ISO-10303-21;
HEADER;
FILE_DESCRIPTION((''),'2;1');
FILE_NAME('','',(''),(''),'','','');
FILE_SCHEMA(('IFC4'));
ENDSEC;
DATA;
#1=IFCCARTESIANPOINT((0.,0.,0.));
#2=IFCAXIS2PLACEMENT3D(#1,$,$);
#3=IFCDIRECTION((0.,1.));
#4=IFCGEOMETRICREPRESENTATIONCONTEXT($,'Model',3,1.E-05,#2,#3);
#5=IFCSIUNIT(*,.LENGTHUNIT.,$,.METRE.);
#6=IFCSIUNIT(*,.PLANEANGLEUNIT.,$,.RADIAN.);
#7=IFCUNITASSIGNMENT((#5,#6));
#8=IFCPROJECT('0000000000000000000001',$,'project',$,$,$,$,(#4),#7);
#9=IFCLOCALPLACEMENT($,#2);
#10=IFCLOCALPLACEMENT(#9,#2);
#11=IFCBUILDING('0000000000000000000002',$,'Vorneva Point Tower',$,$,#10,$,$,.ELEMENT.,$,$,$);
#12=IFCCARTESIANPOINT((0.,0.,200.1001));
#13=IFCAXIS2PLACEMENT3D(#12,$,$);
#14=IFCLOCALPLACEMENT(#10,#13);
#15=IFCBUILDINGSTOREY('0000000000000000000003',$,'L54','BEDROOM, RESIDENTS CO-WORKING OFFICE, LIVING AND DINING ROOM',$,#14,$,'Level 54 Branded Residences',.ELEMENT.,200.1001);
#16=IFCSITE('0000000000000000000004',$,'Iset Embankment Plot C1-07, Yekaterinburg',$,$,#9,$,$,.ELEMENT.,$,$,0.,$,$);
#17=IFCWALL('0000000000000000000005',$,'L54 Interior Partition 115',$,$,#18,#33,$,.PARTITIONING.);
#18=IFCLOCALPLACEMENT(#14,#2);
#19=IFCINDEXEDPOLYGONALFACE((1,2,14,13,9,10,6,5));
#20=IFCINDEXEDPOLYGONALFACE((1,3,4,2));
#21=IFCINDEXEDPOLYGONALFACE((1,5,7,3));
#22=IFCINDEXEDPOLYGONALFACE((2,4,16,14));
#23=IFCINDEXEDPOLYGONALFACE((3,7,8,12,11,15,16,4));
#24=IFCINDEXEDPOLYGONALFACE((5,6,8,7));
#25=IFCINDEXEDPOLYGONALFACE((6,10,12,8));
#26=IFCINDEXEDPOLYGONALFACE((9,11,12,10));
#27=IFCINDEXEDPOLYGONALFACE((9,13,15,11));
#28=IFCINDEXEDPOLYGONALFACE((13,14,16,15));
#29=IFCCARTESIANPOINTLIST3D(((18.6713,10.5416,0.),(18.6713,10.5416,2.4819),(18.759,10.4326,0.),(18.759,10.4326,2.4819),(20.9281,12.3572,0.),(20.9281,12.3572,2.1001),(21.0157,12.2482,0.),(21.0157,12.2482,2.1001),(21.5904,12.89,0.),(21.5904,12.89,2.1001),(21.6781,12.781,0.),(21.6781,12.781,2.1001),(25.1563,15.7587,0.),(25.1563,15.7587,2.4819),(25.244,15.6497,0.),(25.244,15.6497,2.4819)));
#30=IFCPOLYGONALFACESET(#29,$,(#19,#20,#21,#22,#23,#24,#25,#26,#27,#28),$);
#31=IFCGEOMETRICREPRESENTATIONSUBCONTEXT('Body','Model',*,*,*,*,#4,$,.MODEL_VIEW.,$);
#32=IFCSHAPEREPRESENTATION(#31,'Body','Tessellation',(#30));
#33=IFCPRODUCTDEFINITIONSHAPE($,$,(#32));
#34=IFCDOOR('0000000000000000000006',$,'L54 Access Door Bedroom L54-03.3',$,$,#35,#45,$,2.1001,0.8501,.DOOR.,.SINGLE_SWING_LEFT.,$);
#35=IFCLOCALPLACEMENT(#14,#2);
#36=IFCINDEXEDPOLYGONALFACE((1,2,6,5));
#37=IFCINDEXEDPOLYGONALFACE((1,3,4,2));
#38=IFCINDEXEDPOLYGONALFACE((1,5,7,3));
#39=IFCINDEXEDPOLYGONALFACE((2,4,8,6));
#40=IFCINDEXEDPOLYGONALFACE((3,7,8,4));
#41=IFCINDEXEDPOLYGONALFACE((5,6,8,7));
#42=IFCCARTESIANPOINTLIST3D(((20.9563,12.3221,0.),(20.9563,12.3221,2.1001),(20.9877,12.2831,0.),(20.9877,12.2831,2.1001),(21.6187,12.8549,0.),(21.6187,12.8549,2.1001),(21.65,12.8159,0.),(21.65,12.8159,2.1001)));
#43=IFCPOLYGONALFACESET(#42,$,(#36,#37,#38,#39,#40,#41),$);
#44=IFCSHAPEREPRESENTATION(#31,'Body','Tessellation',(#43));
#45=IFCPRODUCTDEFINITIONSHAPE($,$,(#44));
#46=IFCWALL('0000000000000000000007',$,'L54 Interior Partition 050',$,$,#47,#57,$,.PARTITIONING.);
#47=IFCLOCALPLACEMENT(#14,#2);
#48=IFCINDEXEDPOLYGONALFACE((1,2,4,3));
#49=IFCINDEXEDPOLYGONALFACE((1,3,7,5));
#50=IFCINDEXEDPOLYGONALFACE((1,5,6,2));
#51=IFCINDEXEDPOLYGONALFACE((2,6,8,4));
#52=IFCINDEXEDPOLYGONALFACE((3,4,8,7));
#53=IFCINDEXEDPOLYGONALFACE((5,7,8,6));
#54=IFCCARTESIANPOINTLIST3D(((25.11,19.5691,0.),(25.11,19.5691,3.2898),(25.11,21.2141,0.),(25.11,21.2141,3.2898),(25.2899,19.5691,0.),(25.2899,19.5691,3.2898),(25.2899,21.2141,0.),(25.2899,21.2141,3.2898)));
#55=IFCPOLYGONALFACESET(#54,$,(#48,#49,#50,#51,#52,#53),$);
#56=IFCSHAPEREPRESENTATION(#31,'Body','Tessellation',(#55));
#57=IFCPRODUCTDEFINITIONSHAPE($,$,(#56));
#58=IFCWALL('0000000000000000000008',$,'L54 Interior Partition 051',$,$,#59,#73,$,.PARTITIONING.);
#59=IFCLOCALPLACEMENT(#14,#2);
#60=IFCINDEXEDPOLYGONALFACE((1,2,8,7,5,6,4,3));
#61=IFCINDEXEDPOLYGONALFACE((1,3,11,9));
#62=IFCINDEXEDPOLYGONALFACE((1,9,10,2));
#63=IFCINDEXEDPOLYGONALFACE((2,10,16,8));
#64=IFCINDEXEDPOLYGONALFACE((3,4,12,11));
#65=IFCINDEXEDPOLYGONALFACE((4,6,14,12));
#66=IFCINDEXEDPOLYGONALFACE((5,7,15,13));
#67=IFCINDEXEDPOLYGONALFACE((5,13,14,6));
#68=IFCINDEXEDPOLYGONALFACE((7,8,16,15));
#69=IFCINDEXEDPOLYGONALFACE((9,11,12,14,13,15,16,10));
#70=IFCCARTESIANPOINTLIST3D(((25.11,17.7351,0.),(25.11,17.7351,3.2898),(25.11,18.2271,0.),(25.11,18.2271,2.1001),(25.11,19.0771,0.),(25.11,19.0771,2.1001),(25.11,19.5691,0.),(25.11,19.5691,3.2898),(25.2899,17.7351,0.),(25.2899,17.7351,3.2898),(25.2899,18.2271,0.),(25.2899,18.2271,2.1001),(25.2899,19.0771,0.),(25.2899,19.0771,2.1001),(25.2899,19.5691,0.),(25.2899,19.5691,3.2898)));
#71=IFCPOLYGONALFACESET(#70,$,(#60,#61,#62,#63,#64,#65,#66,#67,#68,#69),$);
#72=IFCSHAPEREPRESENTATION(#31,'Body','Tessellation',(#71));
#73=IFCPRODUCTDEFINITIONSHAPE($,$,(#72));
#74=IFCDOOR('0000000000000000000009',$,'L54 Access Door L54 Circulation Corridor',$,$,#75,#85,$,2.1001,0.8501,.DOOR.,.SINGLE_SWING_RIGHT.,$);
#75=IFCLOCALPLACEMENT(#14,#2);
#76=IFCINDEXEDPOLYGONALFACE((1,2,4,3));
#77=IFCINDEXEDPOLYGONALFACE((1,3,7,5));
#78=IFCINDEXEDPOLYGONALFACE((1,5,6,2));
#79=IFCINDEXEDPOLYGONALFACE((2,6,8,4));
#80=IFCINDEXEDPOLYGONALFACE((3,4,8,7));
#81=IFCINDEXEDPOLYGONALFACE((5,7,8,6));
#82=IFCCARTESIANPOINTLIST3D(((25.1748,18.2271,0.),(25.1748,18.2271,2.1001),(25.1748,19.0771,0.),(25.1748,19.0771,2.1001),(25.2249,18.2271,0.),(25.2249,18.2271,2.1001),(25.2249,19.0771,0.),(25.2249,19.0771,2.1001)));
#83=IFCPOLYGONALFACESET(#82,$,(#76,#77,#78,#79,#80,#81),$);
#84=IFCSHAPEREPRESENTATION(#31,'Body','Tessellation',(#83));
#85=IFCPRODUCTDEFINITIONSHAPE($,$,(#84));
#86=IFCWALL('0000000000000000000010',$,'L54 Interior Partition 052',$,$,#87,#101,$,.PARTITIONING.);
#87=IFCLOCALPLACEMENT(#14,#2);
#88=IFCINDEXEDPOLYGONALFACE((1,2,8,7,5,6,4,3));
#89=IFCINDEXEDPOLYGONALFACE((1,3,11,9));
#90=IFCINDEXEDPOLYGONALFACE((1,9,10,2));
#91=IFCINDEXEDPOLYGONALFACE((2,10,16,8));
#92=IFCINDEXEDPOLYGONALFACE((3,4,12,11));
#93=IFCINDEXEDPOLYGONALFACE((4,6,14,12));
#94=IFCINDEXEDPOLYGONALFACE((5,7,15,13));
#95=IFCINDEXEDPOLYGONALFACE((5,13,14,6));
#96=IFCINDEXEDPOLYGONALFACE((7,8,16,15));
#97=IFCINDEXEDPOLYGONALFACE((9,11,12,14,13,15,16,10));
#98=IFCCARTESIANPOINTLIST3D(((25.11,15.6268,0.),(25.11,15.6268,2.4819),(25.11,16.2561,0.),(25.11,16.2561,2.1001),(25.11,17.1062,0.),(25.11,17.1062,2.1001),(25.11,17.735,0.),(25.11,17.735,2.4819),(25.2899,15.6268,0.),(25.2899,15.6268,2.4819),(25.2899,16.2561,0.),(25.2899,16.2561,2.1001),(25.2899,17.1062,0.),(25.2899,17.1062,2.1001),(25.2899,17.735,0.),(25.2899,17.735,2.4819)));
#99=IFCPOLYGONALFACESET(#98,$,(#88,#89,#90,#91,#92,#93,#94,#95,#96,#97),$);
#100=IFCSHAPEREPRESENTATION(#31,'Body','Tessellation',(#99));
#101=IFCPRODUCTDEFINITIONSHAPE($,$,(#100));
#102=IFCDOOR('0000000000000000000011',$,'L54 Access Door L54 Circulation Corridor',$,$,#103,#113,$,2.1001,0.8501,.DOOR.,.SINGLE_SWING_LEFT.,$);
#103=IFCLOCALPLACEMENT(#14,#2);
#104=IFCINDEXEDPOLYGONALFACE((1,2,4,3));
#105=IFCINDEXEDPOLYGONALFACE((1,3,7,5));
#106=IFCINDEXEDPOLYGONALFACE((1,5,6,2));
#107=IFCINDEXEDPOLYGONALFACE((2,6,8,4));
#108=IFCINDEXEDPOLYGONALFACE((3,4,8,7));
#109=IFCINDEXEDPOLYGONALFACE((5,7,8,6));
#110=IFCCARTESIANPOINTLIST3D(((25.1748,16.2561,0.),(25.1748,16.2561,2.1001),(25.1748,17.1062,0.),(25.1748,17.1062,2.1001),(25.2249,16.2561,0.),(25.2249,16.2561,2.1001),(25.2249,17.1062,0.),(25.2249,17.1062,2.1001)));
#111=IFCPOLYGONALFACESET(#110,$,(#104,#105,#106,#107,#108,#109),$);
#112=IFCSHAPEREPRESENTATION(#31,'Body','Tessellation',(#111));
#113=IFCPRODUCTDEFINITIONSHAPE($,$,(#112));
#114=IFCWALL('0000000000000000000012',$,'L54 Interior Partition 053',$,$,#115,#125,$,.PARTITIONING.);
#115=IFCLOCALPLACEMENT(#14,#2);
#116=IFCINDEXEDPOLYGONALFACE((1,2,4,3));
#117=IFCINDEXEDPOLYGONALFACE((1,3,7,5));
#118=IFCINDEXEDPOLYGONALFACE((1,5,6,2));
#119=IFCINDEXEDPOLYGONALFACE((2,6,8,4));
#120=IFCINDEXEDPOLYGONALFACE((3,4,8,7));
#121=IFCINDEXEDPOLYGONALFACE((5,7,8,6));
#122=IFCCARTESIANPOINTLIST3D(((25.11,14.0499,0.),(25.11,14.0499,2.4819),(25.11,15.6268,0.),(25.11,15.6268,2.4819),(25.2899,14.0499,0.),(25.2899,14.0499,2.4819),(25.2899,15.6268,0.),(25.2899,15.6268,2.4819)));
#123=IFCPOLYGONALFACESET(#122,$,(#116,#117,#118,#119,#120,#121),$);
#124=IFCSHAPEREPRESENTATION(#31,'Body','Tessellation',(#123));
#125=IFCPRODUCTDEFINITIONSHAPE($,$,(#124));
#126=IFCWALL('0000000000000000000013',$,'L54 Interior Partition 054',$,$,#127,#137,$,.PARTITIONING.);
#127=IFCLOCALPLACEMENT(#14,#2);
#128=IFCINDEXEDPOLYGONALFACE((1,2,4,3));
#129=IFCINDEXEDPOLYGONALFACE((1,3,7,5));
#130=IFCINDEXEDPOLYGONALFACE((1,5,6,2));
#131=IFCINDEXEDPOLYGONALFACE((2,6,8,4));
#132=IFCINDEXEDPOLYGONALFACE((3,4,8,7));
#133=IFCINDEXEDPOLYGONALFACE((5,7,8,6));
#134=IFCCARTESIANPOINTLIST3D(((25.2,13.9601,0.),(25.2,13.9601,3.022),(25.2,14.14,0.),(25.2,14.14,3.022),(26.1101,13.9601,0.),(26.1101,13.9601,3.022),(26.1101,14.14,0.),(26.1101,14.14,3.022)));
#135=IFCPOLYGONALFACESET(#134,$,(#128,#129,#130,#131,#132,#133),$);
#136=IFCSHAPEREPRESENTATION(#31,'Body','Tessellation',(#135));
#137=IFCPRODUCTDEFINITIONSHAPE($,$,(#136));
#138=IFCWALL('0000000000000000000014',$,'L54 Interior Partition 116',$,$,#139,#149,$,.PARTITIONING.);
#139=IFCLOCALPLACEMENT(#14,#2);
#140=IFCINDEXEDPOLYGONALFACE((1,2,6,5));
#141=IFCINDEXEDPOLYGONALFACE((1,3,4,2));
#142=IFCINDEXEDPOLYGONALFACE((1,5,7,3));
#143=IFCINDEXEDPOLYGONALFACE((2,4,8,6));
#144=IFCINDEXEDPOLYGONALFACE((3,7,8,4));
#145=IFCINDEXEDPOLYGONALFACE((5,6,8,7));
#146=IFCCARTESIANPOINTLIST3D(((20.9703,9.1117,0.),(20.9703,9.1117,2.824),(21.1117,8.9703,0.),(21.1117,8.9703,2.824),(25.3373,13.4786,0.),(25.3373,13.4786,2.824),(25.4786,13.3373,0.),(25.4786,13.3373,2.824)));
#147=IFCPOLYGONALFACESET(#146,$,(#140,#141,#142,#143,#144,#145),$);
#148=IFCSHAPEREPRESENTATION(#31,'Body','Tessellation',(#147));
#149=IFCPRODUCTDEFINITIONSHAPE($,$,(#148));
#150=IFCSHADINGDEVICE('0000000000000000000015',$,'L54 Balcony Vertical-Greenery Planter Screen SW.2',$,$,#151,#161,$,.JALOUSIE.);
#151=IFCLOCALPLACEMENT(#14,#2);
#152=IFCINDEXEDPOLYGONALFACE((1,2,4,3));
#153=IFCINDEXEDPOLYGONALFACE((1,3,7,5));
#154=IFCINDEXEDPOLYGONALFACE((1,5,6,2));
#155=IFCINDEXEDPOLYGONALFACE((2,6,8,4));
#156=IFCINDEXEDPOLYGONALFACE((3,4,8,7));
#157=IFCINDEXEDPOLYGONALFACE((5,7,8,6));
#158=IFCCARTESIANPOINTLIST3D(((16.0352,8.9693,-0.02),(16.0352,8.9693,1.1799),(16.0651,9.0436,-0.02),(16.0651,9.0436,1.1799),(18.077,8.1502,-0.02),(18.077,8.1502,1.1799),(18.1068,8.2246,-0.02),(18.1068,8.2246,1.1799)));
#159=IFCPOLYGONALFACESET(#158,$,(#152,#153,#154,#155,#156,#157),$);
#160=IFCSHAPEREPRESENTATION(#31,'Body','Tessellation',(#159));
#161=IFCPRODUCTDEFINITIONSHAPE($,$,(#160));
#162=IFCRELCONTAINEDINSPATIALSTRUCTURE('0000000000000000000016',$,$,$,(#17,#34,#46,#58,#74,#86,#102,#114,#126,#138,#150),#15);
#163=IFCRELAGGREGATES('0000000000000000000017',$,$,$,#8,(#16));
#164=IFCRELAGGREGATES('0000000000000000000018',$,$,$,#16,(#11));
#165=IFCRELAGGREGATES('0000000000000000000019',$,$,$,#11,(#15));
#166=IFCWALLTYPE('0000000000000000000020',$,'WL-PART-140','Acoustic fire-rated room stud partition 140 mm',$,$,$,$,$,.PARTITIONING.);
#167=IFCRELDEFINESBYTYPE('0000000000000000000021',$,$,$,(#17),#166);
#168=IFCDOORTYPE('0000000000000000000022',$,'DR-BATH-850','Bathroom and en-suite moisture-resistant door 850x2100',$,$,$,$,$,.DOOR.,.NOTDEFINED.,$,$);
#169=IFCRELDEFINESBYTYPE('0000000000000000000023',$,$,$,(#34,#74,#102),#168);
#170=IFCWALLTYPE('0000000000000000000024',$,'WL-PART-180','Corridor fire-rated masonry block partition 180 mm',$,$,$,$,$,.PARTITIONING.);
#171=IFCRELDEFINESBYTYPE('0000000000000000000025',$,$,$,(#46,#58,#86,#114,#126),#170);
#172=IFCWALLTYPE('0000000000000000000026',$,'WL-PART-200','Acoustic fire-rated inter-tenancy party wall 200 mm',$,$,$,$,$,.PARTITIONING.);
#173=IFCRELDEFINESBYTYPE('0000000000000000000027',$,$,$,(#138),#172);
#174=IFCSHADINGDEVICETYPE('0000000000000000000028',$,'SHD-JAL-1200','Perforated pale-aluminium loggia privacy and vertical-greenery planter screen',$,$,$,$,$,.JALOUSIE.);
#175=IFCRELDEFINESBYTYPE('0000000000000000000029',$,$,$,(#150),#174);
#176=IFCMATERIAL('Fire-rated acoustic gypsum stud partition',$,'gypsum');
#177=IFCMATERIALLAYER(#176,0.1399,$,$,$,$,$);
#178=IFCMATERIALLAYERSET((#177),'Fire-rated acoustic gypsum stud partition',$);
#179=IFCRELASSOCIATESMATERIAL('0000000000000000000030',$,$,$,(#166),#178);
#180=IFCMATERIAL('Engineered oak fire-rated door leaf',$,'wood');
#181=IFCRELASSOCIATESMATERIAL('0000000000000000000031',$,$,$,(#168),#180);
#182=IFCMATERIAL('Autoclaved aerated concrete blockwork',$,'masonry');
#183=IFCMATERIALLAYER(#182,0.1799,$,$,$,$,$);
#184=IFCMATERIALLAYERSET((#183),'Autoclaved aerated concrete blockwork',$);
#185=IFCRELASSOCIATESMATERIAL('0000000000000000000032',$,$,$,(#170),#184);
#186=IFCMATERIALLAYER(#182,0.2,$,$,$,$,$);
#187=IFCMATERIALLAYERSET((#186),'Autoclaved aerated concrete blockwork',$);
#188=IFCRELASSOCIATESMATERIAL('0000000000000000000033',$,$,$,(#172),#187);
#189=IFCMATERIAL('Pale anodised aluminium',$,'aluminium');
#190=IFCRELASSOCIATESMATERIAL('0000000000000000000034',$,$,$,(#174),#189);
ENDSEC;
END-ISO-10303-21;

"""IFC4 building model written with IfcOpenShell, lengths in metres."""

from ifc_helpers import new_model, si_unit, direction, frame, frame_2d, origin, origin_2d, place, context, subcontext, project, spatial, rectangle, extrude, material, layer, layer_set, type_object, element, fill, save


model = new_model("IFC4")

# Units and contexts
model_context = context("Model", 3, precision=1e-05, world=origin(), true_north=direction((0.0, 1.0)))
body_context = subcontext(model_context, "Body", "Model", "MODEL_VIEW")
ifc_project = project(units=[si_unit("LENGTHUNIT", "METRE"), si_unit("PLANEANGLEUNIT", "RADIAN")], contexts=[model_context])

# Site, building, storey
site_placement = place(None, origin())
site = spatial("IfcSite", under=ifc_project, at=site_placement, Name="Iset Embankment Plot C1-07, Yekaterinburg", CompositionType="ELEMENT", RefElevation=0.0)
building_placement = place(site_placement, origin())
building = spatial("IfcBuilding", under=site, at=building_placement, Name="Vorneva Point Tower", CompositionType="ELEMENT")
storey_placement = place(building_placement, frame((0.0, 0.0, 200.1001)))
storey = spatial("IfcBuildingStorey", under=building, at=storey_placement, Name="L54", Description="BEDROOM, RESIDENTS CO-WORKING OFFICE, LIVING AND DINING ROOM", LongName="Level 54 Branded Residences", CompositionType="ELEMENT", Elevation=200.1001)

# Shared definitions
ifc_material_1 = material(Name="Pale anodised aluminium", Category="aluminium")

# Shared definitions
ifc_material_2 = material(Name="Fire-rated acoustic gypsum stud partition", Category="gypsum")

# Wall, opening, door
ifc_material_3 = material(Name="Engineered oak fire-rated door leaf", Category="wood")
ifc_layer_1 = layer(ifc_material_2, 0.1399)
ifc_layer_set_1 = layer_set([ifc_layer_1], Name="Fire-rated acoustic gypsum stud partition")
wall_type_1 = type_object("IfcWallType", Name="WL-PART-140", Description="Acoustic fire-rated room stud partition 140 mm", PredefinedType="PARTITIONING", material=ifc_layer_set_1)
wall_1_placement = place(storey_placement, frame((18.7151, 10.4871, 0.0), z_axis=(0.0, 0.0, 1.0), x_axis=(0.779157, 0.626828, 0.0)))
wall_1 = element("IfcWall", 1, at=wall_1_placement, inside=storey, type_object=wall_type_1, Name="L54 Interior Partition 115", PredefinedType="PARTITIONING", context=body_context, shape_type="SweptSolid", body=[
    extrude(rectangle(XDim=8.323, YDim=0.1399, at=frame_2d((4.1616, 0.0))), origin(), (0.0, 0.0, 1.0), 2.4819),
])
opening_1_placement = place(wall_1_placement, frame((2.8965, 0.0, 0.0)))
opening_1 = element("IfcOpeningElement", 2, at=opening_1_placement, cuts=wall_1, PredefinedType="OPENING", context=body_context, shape_type="SweptSolid", body=[
    extrude(rectangle(XDim=0.8501, YDim=2.1001, at=frame_2d((0.425, 1.05))), frame((0.0, 0.085, 0.0), z_axis=(0.0, -1.0, 0.0), x_axis=(1.0, 0.0, 0.0)), (0.0, 0.0, 1.0), 0.1697),
])
door_type_1 = type_object("IfcDoorType", Name="DR-BATH-850", Description="Bathroom and en-suite moisture-resistant door 850x2100", OperationType="NOTDEFINED", PredefinedType="DOOR", material=ifc_material_3)
door_1_placement = place(opening_1_placement, origin())
door_1 = element("IfcDoor", 3, at=door_1_placement, inside=storey, type_object=door_type_1, Name="L54 Access Door Bedroom L54-03.3", OperationType="SINGLE_SWING_LEFT", OverallHeight=2.1001, OverallWidth=0.8501, PredefinedType="DOOR", context=body_context, shape_type="SweptSolid", body=[
    extrude(rectangle(XDim=0.8501, YDim=2.1001, at=frame_2d((0.425, 1.05))), frame((0.0, 0.0249, 0.0), z_axis=(0.0, -1.0, 0.0), x_axis=(1.0, 0.0, 0.0)), (0.0, 0.0, 1.0), 0.05),
])
fill(opening_1, door_1)
ifc_material_4 = material(Name="Autoclaved aerated concrete blockwork", Category="masonry")
ifc_layer_2 = layer(ifc_material_4, 0.1799)
ifc_layer_set_2 = layer_set([ifc_layer_2], Name="Autoclaved aerated concrete blockwork")
wall_type_2 = type_object("IfcWallType", Name="WL-PART-180", Description="Corridor fire-rated masonry block partition 180 mm", PredefinedType="PARTITIONING", material=ifc_layer_set_2)

# Wall
wall_2_placement = place(storey_placement, frame((25.2, 21.2141, 0.0), z_axis=(0.0, 0.0, 1.0), x_axis=(0.0, -1.0, 0.0)))
element("IfcWall", 4, at=wall_2_placement, inside=storey, type_object=wall_type_2, Name="L54 Interior Partition 050", PredefinedType="PARTITIONING", context=body_context, shape_type="SweptSolid", body=[
    extrude(rectangle(XDim=1.645, YDim=0.1799, at=frame_2d((0.8225, 0.0))), origin(), (0.0, 0.0, 1.0), 3.2898),
])

# Walls, openings, doors
wall_3_placement = place(storey_placement, frame((25.2, 19.5691, 0.0), z_axis=(0.0, 0.0, 1.0), x_axis=(0.0, -1.0, 0.0)))
wall_3 = element("IfcWall", 5, at=wall_3_placement, inside=storey, type_object=wall_type_2, Name="L54 Interior Partition 051", PredefinedType="PARTITIONING", context=body_context, shape_type="SweptSolid", body=[
    extrude(rectangle(XDim=1.834, YDim=0.1799, at=frame_2d((0.917, 0.0))), origin(), (0.0, 0.0, 1.0), 3.2898),
])
opening_2_placement = place(wall_3_placement, frame((0.4919, 0.0, 0.0)))
opening_2 = element("IfcOpeningElement", 6, at=opening_2_placement, cuts=wall_3, PredefinedType="OPENING", context=body_context, shape_type="SweptSolid", body=[
    extrude(rectangle(XDim=0.8501, YDim=2.1001, at=frame_2d((0.425, 1.05))), frame((0.0, 0.105, 0.0), z_axis=(0.0, -1.0, 0.0), x_axis=(1.0, 0.0, 0.0)), (0.0, 0.0, 1.0), 0.2097),
])
door_2_placement = place(opening_2_placement, origin())
door_2 = element("IfcDoor", 7, at=door_2_placement, inside=storey, type_object=door_type_1, Name="L54 Access Door L54 Circulation Corridor", OperationType="SINGLE_SWING_RIGHT", OverallHeight=2.1001, OverallWidth=0.8501, PredefinedType="DOOR", context=body_context, shape_type="SweptSolid", body=[
    extrude(rectangle(XDim=0.8501, YDim=2.1001, at=frame_2d((0.425, 1.05))), frame((0.0, 0.0249, 0.0), z_axis=(0.0, -1.0, 0.0), x_axis=(1.0, 0.0, 0.0)), (0.0, 0.0, 1.0), 0.05),
])
fill(opening_2, door_2)
wall_4_placement = place(storey_placement, frame((25.2, 17.7351, 0.0), z_axis=(0.0, 0.0, 1.0), x_axis=(0.0, -1.0, 0.0)))
wall_4 = element("IfcWall", 8, at=wall_4_placement, inside=storey, type_object=wall_type_2, Name="L54 Interior Partition 052", PredefinedType="PARTITIONING", context=body_context, shape_type="SweptSolid", body=[
    extrude(rectangle(XDim=2.1082, YDim=0.1799, at=frame_2d((1.0542, 0.0))), origin(), (0.0, 0.0, 1.0), 2.4819),
])
opening_3_placement = place(wall_4_placement, frame((0.6289, 0.0, 0.0)))
opening_3 = element("IfcOpeningElement", 9, at=opening_3_placement, cuts=wall_4, PredefinedType="OPENING", context=body_context, shape_type="SweptSolid", body=[
    extrude(rectangle(XDim=0.8501, YDim=2.1001, at=frame_2d((0.425, 1.05))), frame((0.0, 0.105, 0.0), z_axis=(0.0, -1.0, 0.0), x_axis=(1.0, 0.0, 0.0)), (0.0, 0.0, 1.0), 0.2097),
])
door_3_placement = place(opening_3_placement, origin())
door_3 = element("IfcDoor", 10, at=door_3_placement, inside=storey, type_object=door_type_1, Name="L54 Access Door L54 Circulation Corridor", OperationType="SINGLE_SWING_LEFT", OverallHeight=2.1001, OverallWidth=0.8501, PredefinedType="DOOR", context=body_context, shape_type="SweptSolid", body=[
    extrude(rectangle(XDim=0.8501, YDim=2.1001, at=frame_2d((0.425, 1.05))), frame((0.0, 0.0249, 0.0), z_axis=(0.0, -1.0, 0.0), x_axis=(1.0, 0.0, 0.0)), (0.0, 0.0, 1.0), 0.05),
])
fill(opening_3, door_3)

# Walls
wall_5_placement = place(storey_placement, frame((25.2, 15.627, 0.0), z_axis=(0.0, 0.0, 1.0), x_axis=(0.0, -1.0, 0.0)))
element("IfcWall", 11, at=wall_5_placement, inside=storey, type_object=wall_type_2, Name="L54 Interior Partition 053", PredefinedType="PARTITIONING", context=body_context, shape_type="SweptSolid", body=[
    extrude(rectangle(XDim=1.5769, YDim=0.1799, at=frame_2d((0.7886, 0.0))), origin(), (0.0, 0.0, 1.0), 2.4819),
])
wall_6_placement = place(storey_placement, frame((25.2, 14.05, 0.0), z_axis=(0.0, 0.0, 1.0), x_axis=(1.0, 0.0, 0.0)))
element("IfcWall", 12, at=wall_6_placement, inside=storey, type_object=wall_type_2, Name="L54 Interior Partition 054", PredefinedType="PARTITIONING", context=body_context, shape_type="SweptSolid", body=[
    extrude(rectangle(XDim=0.9102, YDim=0.1799, at=frame_2d((0.4551, 0.0))), origin(), (0.0, 0.0, 1.0), 3.022),
])
ifc_layer_3 = layer(ifc_material_4, 0.2)
ifc_layer_set_3 = layer_set([ifc_layer_3], Name="Autoclaved aerated concrete blockwork")
wall_type_3 = type_object("IfcWallType", Name="WL-PART-200", Description="Acoustic fire-rated inter-tenancy party wall 200 mm", PredefinedType="PARTITIONING", material=ifc_layer_set_3)
wall_7_placement = place(storey_placement, frame((21.041, 9.041, 0.0), z_axis=(0.0, 0.0, 1.0), x_axis=(0.707107, 0.707107, 0.0)))
element("IfcWall", 13, at=wall_7_placement, inside=storey, type_object=wall_type_3, Name="L54 Interior Partition 116", PredefinedType="PARTITIONING", context=body_context, shape_type="SweptSolid", body=[
    extrude(rectangle(XDim=6.1758, YDim=0.2, at=frame_2d((3.0879, 0.0))), origin(), (0.0, 0.0, 1.0), 2.824),
])

# Shading device
shading_device_type = type_object("IfcShadingDeviceType", Name="SHD-JAL-1200", Description="Perforated pale-aluminium loggia privacy and vertical-greenery planter screen", PredefinedType="JALOUSIE", material=ifc_material_1)
shading_device_placement = place(storey_placement, frame((17.071, 8.5969, -0.02), z_axis=(0.0, 0.0, 1.0), x_axis=(0.928109, -0.372308, 0.0)))
element("IfcShadingDevice", 14, at=shading_device_placement, inside=storey, type_object=shading_device_type, Name="L54 Balcony Vertical-Greenery Planter Screen SW.2", PredefinedType="JALOUSIE", context=body_context, shape_type="SweptSolid", body=[
    extrude(rectangle(XDim=2.2, YDim=0.0801, at=origin_2d()), origin(), (0.0, 0.0, 1.0), 1.2),
])

save(model, "model.ifc")
